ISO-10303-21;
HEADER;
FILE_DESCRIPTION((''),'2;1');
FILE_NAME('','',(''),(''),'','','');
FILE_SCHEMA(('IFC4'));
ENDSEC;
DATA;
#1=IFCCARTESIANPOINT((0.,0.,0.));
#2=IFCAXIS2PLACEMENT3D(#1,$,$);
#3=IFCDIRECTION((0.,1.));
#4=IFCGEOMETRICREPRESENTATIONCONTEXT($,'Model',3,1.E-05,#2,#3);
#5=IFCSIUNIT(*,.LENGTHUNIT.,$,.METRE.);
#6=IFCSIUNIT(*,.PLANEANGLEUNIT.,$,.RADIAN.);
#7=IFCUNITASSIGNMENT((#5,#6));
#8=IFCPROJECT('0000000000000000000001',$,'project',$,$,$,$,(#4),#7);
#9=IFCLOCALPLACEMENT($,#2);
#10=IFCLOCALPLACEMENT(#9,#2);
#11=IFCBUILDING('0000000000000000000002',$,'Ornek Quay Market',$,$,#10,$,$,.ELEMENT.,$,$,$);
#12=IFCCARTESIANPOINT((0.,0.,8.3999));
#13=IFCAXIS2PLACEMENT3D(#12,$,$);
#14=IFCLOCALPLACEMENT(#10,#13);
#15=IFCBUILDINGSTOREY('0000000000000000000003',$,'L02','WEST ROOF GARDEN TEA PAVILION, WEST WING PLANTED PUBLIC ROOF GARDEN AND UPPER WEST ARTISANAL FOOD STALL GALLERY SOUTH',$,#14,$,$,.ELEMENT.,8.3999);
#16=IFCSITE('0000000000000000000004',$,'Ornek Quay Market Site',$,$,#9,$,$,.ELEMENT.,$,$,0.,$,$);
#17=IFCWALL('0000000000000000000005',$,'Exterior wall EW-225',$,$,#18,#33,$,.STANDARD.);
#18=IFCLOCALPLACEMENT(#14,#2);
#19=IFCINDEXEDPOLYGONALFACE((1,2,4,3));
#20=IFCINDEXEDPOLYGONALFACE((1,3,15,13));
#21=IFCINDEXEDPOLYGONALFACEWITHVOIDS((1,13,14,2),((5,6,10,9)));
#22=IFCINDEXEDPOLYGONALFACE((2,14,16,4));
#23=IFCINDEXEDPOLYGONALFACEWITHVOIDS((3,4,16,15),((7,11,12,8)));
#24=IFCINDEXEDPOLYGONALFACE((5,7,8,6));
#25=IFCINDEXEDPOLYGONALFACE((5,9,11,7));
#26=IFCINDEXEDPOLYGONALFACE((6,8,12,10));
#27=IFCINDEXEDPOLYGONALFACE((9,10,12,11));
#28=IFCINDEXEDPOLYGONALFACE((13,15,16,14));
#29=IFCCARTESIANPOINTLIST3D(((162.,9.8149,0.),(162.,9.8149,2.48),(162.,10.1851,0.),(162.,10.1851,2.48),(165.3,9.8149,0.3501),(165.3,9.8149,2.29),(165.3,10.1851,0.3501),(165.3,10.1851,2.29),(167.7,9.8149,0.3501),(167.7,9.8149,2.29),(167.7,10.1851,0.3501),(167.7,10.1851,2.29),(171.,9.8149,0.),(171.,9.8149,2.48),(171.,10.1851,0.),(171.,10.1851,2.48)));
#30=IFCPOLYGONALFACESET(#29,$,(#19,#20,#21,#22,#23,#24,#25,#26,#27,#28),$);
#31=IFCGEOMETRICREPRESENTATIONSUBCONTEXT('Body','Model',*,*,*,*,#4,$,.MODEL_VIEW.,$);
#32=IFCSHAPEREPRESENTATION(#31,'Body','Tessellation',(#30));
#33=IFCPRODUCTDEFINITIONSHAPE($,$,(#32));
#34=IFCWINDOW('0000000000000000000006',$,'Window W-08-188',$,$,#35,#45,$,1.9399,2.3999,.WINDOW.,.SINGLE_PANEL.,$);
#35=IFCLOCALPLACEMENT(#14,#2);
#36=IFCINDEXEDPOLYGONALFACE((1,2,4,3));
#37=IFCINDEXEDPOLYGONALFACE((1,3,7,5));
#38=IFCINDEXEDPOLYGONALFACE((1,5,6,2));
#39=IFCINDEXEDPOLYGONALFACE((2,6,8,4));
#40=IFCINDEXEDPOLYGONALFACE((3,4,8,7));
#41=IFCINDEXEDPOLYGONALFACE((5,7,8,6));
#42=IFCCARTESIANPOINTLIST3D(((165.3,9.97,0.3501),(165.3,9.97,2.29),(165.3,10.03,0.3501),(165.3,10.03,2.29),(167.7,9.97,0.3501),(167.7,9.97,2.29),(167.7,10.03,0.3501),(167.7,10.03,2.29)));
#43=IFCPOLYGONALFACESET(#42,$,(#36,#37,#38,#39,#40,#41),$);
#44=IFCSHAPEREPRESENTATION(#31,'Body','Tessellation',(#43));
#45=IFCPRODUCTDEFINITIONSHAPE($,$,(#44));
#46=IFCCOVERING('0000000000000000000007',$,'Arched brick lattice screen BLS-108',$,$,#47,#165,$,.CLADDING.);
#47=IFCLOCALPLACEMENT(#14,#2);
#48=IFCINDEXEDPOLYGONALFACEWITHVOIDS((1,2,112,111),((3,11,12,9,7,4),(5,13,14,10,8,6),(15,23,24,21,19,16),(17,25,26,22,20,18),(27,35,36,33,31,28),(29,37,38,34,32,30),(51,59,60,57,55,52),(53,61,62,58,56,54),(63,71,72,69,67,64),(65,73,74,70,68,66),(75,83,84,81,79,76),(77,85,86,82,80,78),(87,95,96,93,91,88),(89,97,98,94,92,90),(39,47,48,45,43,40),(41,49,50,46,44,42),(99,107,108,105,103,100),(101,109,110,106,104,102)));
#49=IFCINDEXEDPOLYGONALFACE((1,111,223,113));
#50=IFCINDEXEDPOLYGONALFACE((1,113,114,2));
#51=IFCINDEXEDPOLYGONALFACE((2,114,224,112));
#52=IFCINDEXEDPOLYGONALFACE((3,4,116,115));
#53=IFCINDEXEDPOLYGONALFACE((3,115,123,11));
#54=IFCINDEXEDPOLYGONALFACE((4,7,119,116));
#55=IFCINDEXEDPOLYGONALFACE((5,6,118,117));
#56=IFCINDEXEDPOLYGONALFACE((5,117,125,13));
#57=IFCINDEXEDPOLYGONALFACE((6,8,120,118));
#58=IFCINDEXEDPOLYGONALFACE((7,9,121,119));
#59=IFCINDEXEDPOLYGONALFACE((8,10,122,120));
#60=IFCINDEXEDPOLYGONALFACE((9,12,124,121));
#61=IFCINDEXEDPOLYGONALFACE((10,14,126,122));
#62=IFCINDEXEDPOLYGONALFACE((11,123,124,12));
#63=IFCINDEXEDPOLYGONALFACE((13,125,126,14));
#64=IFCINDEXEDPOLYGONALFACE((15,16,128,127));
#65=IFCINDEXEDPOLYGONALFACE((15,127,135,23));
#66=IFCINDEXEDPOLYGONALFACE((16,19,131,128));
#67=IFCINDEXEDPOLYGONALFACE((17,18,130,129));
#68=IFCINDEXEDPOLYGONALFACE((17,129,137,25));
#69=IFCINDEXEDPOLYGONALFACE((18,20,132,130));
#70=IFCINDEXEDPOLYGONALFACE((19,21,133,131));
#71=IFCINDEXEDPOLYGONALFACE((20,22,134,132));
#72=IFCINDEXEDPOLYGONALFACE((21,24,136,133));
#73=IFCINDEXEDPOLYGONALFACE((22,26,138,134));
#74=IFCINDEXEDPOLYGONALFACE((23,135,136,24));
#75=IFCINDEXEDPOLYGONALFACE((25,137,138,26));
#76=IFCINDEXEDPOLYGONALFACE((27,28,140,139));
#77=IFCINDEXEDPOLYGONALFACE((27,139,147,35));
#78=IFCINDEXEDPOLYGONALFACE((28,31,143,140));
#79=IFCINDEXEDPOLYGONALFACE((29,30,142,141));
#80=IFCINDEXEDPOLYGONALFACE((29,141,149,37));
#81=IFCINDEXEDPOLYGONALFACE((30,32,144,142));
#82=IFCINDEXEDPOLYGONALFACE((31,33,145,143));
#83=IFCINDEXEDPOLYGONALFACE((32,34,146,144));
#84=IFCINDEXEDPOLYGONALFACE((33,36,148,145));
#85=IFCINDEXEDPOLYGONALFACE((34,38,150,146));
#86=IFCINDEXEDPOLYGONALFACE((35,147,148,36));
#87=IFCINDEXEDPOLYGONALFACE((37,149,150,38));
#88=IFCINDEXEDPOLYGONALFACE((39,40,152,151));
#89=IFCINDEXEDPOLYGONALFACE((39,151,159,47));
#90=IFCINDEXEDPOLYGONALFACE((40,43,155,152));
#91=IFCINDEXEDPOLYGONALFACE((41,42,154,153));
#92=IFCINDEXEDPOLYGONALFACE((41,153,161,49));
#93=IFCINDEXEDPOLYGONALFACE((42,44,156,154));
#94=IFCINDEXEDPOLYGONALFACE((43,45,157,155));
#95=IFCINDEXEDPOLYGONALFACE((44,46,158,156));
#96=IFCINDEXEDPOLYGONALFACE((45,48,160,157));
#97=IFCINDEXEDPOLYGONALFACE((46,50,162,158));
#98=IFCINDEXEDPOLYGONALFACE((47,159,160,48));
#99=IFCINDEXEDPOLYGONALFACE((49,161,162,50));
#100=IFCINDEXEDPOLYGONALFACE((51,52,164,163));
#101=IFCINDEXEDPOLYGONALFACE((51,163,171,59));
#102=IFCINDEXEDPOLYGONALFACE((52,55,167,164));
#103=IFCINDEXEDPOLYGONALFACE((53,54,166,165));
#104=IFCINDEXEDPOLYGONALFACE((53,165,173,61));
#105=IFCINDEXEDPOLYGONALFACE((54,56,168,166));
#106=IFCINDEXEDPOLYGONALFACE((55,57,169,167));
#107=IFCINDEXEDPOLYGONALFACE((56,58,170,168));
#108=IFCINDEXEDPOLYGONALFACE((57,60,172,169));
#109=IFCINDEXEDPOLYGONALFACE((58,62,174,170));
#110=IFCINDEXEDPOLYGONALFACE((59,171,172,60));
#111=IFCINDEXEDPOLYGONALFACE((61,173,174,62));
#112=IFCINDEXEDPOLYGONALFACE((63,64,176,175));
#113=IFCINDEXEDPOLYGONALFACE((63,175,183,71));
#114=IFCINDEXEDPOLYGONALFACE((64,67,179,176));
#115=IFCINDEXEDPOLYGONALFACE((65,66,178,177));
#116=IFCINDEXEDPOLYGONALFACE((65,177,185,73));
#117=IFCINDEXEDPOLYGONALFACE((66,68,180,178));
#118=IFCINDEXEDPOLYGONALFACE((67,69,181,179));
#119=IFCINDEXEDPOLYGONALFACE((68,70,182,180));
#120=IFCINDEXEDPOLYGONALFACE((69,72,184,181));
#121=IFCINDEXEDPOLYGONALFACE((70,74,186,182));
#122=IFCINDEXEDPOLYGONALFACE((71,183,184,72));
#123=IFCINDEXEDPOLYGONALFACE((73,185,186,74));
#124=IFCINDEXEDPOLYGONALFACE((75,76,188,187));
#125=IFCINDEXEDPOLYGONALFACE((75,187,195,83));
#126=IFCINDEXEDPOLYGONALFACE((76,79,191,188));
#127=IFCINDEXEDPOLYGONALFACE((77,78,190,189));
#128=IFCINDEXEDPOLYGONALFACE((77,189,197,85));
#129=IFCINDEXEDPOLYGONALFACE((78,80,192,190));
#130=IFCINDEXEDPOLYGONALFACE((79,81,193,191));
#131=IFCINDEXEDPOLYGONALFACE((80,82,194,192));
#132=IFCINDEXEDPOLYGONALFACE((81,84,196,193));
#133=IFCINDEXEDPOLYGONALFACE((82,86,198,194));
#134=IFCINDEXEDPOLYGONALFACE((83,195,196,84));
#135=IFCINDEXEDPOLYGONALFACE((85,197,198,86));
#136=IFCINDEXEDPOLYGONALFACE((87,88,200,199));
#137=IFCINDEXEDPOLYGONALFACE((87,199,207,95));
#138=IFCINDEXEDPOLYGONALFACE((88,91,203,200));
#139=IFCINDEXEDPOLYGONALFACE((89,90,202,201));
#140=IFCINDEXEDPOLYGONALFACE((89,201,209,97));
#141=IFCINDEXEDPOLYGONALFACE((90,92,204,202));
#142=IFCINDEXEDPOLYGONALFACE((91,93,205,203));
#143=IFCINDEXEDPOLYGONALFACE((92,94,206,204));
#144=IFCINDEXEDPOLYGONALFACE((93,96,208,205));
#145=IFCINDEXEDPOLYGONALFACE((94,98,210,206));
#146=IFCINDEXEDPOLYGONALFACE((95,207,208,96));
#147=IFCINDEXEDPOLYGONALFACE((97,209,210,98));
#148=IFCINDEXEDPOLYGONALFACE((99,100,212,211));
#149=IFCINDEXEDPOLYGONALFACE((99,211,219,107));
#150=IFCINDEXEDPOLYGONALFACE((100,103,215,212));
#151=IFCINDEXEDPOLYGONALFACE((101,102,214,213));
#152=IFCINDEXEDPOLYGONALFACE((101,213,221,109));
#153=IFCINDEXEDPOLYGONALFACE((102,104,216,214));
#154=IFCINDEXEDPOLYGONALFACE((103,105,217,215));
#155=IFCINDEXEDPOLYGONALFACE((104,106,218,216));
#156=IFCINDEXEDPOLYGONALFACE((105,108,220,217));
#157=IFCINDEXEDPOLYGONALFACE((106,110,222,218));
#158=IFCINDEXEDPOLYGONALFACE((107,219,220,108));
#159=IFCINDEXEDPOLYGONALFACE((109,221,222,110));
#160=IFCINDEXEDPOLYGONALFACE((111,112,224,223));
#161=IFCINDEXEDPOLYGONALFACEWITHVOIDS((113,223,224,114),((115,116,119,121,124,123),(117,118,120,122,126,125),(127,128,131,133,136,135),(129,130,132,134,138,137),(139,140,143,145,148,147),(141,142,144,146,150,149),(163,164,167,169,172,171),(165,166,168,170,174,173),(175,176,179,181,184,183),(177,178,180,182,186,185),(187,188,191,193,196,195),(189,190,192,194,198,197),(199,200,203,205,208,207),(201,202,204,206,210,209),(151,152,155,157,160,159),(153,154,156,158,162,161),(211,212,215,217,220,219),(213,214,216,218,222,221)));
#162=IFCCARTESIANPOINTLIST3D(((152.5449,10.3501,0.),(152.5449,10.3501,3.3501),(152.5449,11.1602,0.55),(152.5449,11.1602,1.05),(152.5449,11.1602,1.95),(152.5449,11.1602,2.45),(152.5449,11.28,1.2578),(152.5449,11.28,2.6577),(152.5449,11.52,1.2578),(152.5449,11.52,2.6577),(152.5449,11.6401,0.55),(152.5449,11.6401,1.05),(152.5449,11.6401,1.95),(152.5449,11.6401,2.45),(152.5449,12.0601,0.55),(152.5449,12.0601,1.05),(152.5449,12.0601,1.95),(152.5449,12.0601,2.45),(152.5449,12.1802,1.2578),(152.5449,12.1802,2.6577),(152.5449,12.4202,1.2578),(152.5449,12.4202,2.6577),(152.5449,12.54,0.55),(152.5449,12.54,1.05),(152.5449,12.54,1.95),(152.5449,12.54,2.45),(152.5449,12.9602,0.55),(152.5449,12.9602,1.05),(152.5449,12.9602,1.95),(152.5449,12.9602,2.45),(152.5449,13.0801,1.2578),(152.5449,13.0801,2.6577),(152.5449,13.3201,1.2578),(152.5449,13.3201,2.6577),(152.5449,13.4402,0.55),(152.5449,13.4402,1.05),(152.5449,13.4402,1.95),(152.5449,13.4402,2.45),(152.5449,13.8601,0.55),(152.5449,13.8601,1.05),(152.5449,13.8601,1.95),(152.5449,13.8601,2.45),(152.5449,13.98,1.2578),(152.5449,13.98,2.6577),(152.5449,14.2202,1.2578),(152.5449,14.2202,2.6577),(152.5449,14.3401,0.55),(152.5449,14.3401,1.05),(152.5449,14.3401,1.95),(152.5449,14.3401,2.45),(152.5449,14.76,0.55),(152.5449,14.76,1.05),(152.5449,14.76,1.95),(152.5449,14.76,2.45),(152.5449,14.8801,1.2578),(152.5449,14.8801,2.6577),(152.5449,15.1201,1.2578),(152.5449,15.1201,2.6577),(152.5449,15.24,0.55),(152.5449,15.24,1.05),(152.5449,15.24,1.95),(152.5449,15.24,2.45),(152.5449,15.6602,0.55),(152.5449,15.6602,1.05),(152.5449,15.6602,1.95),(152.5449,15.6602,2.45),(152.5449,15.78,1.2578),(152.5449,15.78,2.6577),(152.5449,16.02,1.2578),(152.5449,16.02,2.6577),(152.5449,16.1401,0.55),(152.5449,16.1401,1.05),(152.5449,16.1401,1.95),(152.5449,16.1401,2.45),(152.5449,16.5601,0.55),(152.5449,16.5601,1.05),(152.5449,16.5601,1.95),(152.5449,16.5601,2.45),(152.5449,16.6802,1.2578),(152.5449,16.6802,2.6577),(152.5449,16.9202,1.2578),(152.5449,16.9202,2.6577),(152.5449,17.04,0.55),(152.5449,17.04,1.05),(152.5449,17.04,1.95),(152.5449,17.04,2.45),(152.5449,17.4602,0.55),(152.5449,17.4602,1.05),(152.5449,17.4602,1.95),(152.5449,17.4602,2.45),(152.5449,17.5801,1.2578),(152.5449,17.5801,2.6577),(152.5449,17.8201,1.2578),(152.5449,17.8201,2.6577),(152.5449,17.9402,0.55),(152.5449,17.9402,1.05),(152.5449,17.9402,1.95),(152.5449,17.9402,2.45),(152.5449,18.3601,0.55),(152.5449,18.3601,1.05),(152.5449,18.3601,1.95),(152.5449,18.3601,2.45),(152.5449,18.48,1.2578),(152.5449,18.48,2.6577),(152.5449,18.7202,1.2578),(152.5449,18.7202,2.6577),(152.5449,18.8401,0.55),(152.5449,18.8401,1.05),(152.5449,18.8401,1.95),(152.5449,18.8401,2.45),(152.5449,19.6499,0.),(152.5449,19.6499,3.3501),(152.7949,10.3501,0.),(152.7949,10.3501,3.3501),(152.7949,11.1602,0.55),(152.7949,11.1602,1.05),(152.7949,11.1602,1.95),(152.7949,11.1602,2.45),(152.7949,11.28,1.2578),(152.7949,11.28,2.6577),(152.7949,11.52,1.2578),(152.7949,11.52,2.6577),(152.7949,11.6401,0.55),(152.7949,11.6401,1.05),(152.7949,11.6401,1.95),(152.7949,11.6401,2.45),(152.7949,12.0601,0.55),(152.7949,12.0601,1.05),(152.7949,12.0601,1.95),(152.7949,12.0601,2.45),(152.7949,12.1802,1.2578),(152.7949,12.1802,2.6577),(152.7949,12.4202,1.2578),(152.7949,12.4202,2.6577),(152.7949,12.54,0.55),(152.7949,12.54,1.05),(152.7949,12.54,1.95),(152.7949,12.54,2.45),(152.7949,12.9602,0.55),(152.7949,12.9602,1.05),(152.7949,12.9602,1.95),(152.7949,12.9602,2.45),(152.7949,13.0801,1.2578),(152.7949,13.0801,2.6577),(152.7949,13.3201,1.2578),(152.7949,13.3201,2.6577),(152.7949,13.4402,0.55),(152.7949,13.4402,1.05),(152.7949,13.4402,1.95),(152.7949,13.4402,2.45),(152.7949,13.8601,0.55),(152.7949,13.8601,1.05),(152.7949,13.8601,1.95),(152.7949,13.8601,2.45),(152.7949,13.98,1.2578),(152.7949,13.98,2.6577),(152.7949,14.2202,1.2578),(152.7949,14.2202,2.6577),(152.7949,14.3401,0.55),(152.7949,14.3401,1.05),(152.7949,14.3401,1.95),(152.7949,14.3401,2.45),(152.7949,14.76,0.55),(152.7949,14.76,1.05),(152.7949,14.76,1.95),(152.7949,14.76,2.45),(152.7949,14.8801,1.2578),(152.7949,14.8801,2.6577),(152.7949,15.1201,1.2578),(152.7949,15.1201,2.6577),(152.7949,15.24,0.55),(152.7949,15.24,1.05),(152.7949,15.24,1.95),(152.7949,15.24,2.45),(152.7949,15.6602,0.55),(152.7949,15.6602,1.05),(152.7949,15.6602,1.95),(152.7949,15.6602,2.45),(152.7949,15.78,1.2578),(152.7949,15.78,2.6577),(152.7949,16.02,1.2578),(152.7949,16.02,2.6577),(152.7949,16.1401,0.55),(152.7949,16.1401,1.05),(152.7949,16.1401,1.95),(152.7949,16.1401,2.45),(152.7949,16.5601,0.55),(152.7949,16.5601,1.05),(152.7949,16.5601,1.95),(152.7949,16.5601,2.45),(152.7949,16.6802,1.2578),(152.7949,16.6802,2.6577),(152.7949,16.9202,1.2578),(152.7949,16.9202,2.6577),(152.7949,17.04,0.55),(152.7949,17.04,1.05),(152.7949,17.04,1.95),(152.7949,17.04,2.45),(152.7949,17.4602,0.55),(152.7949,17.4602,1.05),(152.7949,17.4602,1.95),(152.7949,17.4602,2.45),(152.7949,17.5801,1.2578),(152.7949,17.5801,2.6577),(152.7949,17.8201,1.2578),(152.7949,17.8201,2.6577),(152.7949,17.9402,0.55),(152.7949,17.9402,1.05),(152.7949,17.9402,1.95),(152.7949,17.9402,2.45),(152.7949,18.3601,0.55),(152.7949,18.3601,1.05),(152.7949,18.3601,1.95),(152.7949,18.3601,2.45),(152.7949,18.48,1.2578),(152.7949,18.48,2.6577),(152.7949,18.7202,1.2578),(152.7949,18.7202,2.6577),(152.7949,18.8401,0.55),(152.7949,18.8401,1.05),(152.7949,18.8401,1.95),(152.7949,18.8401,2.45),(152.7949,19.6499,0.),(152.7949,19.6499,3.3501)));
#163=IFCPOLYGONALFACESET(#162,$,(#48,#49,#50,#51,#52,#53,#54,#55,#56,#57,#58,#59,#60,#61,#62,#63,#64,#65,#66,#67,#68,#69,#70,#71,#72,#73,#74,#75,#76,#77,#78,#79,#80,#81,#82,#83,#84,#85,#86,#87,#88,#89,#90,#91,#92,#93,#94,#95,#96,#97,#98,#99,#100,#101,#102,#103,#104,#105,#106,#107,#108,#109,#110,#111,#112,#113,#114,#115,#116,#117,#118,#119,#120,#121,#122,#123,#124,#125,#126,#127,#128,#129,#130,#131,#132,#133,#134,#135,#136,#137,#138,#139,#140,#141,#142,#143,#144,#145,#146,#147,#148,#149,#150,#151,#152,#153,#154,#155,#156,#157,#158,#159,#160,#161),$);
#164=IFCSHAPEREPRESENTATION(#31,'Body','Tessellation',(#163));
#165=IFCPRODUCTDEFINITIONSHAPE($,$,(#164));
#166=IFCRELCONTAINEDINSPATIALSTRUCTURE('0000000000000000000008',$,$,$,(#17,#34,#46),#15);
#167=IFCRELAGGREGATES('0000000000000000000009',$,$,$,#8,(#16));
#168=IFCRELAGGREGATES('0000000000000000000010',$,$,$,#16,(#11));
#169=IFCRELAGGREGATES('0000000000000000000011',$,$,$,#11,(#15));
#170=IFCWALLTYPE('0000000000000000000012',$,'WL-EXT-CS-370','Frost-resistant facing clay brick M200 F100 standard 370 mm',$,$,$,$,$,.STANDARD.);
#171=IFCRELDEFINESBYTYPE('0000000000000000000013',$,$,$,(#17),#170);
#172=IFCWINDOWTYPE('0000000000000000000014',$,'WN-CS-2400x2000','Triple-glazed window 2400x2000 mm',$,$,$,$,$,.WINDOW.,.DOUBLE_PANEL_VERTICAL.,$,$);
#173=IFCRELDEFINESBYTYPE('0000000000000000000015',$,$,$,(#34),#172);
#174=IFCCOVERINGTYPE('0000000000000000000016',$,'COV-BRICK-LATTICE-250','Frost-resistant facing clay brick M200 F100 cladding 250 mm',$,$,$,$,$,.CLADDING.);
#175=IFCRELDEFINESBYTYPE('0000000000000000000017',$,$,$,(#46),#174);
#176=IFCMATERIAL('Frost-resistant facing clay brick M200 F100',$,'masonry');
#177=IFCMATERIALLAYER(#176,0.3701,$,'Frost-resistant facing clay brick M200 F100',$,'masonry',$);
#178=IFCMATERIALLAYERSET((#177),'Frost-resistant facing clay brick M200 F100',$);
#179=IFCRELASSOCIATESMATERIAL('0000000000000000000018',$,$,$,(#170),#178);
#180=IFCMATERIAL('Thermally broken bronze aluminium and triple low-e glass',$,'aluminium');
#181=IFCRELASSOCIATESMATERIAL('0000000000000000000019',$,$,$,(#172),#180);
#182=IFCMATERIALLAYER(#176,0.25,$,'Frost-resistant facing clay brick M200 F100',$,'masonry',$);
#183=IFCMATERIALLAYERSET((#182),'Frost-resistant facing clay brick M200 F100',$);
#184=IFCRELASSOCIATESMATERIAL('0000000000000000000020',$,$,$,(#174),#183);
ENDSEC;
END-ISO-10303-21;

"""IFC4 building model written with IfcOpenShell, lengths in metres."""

from ifc_helpers import new_model, si_unit, direction, frame, frame_2d, origin, place, context, subcontext, project, spatial, polyline, rectangle, outline, extrude, material, layer, layer_set, type_object, element, fill, save


model = new_model("IFC4")

# Units and contexts
model_context = context("Model", 3, precision=1e-05, world=origin(), true_north=direction((0.0, 1.0)))
body_context = subcontext(model_context, "Body", "Model", "MODEL_VIEW")
ifc_project = project(units=[si_unit("LENGTHUNIT", "METRE"), si_unit("PLANEANGLEUNIT", "RADIAN")], contexts=[model_context])

# Site, building, storey
site_placement = place(None, origin())
site = spatial("IfcSite", under=ifc_project, at=site_placement, Name="Ornek Quay Market Site", CompositionType="ELEMENT", RefElevation=0.0)
building_placement = place(site_placement, origin())
building = spatial("IfcBuilding", under=site, at=building_placement, Name="Ornek Quay Market", CompositionType="ELEMENT")
storey_placement = place(building_placement, frame((0.0, 0.0, 8.3999)))
storey = spatial("IfcBuildingStorey", under=building, at=storey_placement, Name="L02", Description="WEST ROOF GARDEN TEA PAVILION, WEST WING PLANTED PUBLIC ROOF GARDEN AND UPPER WEST ARTISANAL FOOD STALL GALLERY SOUTH", CompositionType="ELEMENT", Elevation=8.3999)

# Wall, opening, window
ifc_material_1 = material(Name="Frost-resistant facing clay brick M200 F100", Category="masonry")
ifc_layer_1 = layer(ifc_material_1, 0.3701, Name="Frost-resistant facing clay brick M200 F100", Category="masonry")
ifc_layer_set_1 = layer_set([ifc_layer_1], Name="Frost-resistant facing clay brick M200 F100")
wall_type = type_object("IfcWallType", Name="WL-EXT-CS-370", Description="Frost-resistant facing clay brick M200 F100 standard 370 mm", PredefinedType="STANDARD", material=ifc_layer_set_1)
ifc_material_2 = material(Name="Thermally broken bronze aluminium and triple low-e glass", Category="aluminium")
window_type_1 = type_object("IfcWindowType", Name="WN-CS-2400x2000", Description="Triple-glazed window 2400x2000 mm", PartitioningType="DOUBLE_PANEL_VERTICAL", PredefinedType="WINDOW", material=ifc_material_2)
wall_1_placement = place(storey_placement, frame((162.0, 10.0, 0.0), z_axis=(0.0, 0.0, 1.0), x_axis=(1.0, 0.0, 0.0)))
wall_1 = element("IfcWall", 1, at=wall_1_placement, inside=storey, type_object=wall_type, Name="Exterior wall EW-225", PredefinedType="STANDARD", context=body_context, shape_type="SweptSolid", body=[
    extrude(rectangle(XDim=9.0, YDim=0.3701, at=frame_2d((4.5, 0.0))), origin(), (0.0, 0.0, 1.0), 2.48),
])
opening_1_placement = place(wall_1_placement, frame((3.3, 0.0, 0.3501)))
opening_1 = element("IfcOpeningElement", 2, at=opening_1_placement, cuts=wall_1, PredefinedType="OPENING", context=body_context, shape_type="SweptSolid", body=[
    extrude(rectangle(XDim=2.3999, YDim=1.9399, at=frame_2d((1.2, 0.97))), frame((0.0, 0.1951, 0.0), z_axis=(0.0, -1.0, 0.0), x_axis=(1.0, 0.0, 0.0)), (0.0, 0.0, 1.0), 0.3901),
])
window_1_placement = place(opening_1_placement, origin())
window_1 = element("IfcWindow", 3, at=window_1_placement, inside=storey, type_object=window_type_1, Name="Window W-08-188", OverallHeight=1.9399, OverallWidth=2.3999, PartitioningType="SINGLE_PANEL", PredefinedType="WINDOW", context=body_context, shape_type="SweptSolid", body=[
    extrude(rectangle(XDim=2.3999, YDim=1.9399, at=frame_2d((1.2, 0.97))), frame((0.0, 0.03, 0.0), z_axis=(0.0, -1.0, 0.0), x_axis=(1.0, 0.0, 0.0)), (0.0, 0.0, 1.0), 0.0601),
])
fill(opening_1, window_1)

# Covering
ifc_layer_2 = layer(ifc_material_1, 0.25, Name="Frost-resistant facing clay brick M200 F100", Category="masonry")
ifc_layer_set_2 = layer_set([ifc_layer_2], Name="Frost-resistant facing clay brick M200 F100")
covering_type = type_object("IfcCoveringType", Name="COV-BRICK-LATTICE-250", Description="Frost-resistant facing clay brick M200 F100 cladding 250 mm", PredefinedType="CLADDING", material=ifc_layer_set_2)
covering_1_placement = place(storey_placement, frame((152.6699, 10.3501, 0.0), z_axis=(0.0, 0.0, 1.0), x_axis=(0.0, 1.0, 0.0)))
element("IfcCovering", 4, at=covering_1_placement, inside=storey, type_object=covering_type, Name="Arched brick lattice screen BLS-108", PredefinedType="CLADDING", context=body_context, shape_type="SweptSolid", body=[
    extrude(outline(polyline([(0.0, 0.0), (9.2998, 0.0), (9.2998, 3.3501), (0.0, 3.3501), (0.0, 0.0)]), holes=[polyline([(0.8101, 0.55), (1.29, 0.55), (1.29, 1.05), (1.1699, 1.2578), (0.9299, 1.2578), (0.8101, 1.05), (0.8101, 0.55)]), polyline([(0.8101, 1.95), (1.29, 1.95), (1.29, 2.45), (1.1699, 2.6577), (0.9299, 2.6577), (0.8101, 2.45), (0.8101, 1.95)]), polyline([(1.71, 0.55), (2.1899, 0.55), (2.1899, 1.05), (2.0701, 1.2578), (1.8301, 1.2578), (1.71, 1.05), (1.71, 0.55)]), polyline([(1.71, 1.95), (2.1899, 1.95), (2.1899, 2.45), (2.0701, 2.6577), (1.8301, 2.6577), (1.71, 2.45), (1.71, 1.95)]), polyline([(2.6101, 0.55), (3.0901, 0.55), (3.0901, 1.05), (2.97, 1.2578), (2.73, 1.2578), (2.6101, 1.05), (2.6101, 0.55)]), polyline([(2.6101, 1.95), (3.0901, 1.95), (3.0901, 2.45), (2.97, 2.6577), (2.73, 2.6577), (2.6101, 2.45), (2.6101, 1.95)]), polyline([(3.51, 0.55), (3.99, 0.55), (3.99, 1.05), (3.8701, 1.2578), (3.6299, 1.2578), (3.51, 1.05), (3.51, 0.55)]), polyline([(3.51, 1.95), (3.99, 1.95), (3.99, 2.45), (3.8701, 2.6577), (3.6299, 2.6577), (3.51, 2.45), (3.51, 1.95)]), polyline([(4.4099, 0.55), (4.8899, 0.55), (4.8899, 1.05), (4.77, 1.2578), (4.53, 1.2578), (4.4099, 1.05), (4.4099, 0.55)]), polyline([(4.4099, 1.95), (4.8899, 1.95), (4.8899, 2.45), (4.77, 2.6577), (4.53, 2.6577), (4.4099, 2.45), (4.4099, 1.95)]), polyline([(5.3101, 0.55), (5.79, 0.55), (5.79, 1.05), (5.6699, 1.2578), (5.4299, 1.2578), (5.3101, 1.05), (5.3101, 0.55)]), polyline([(5.3101, 1.95), (5.79, 1.95), (5.79, 2.45), (5.6699, 2.6577), (5.4299, 2.6577), (5.3101, 2.45), (5.3101, 1.95)]), polyline([(6.21, 0.55), (6.6899, 0.55), (6.6899, 1.05), (6.5701, 1.2578), (6.3301, 1.2578), (6.21, 1.05), (6.21, 0.55)]), polyline([(6.21, 1.95), (6.6899, 1.95), (6.6899, 2.45), (6.5701, 2.6577), (6.3301, 2.6577), (6.21, 2.45), (6.21, 1.95)]), polyline([(7.1101, 0.55), (7.5901, 0.55), (7.5901, 1.05), (7.47, 1.2578), (7.23, 1.2578), (7.1101, 1.05), (7.1101, 0.55)]), polyline([(7.1101, 1.95), (7.5901, 1.95), (7.5901, 2.45), (7.47, 2.6577), (7.23, 2.6577), (7.1101, 2.45), (7.1101, 1.95)]), polyline([(8.01, 0.55), (8.49, 0.55), (8.49, 1.05), (8.3701, 1.2578), (8.1299, 1.2578), (8.01, 1.05), (8.01, 0.55)]), polyline([(8.01, 1.95), (8.49, 1.95), (8.49, 2.45), (8.3701, 2.6577), (8.1299, 2.6577), (8.01, 2.45), (8.01, 1.95)])]), frame((0.0, 0.125, 0.0), z_axis=(0.0, -1.0, 0.0), x_axis=(1.0, 0.0, 0.0)), (0.0, 0.0, 1.0), 0.25),
])

save(model, "model.ifc")
